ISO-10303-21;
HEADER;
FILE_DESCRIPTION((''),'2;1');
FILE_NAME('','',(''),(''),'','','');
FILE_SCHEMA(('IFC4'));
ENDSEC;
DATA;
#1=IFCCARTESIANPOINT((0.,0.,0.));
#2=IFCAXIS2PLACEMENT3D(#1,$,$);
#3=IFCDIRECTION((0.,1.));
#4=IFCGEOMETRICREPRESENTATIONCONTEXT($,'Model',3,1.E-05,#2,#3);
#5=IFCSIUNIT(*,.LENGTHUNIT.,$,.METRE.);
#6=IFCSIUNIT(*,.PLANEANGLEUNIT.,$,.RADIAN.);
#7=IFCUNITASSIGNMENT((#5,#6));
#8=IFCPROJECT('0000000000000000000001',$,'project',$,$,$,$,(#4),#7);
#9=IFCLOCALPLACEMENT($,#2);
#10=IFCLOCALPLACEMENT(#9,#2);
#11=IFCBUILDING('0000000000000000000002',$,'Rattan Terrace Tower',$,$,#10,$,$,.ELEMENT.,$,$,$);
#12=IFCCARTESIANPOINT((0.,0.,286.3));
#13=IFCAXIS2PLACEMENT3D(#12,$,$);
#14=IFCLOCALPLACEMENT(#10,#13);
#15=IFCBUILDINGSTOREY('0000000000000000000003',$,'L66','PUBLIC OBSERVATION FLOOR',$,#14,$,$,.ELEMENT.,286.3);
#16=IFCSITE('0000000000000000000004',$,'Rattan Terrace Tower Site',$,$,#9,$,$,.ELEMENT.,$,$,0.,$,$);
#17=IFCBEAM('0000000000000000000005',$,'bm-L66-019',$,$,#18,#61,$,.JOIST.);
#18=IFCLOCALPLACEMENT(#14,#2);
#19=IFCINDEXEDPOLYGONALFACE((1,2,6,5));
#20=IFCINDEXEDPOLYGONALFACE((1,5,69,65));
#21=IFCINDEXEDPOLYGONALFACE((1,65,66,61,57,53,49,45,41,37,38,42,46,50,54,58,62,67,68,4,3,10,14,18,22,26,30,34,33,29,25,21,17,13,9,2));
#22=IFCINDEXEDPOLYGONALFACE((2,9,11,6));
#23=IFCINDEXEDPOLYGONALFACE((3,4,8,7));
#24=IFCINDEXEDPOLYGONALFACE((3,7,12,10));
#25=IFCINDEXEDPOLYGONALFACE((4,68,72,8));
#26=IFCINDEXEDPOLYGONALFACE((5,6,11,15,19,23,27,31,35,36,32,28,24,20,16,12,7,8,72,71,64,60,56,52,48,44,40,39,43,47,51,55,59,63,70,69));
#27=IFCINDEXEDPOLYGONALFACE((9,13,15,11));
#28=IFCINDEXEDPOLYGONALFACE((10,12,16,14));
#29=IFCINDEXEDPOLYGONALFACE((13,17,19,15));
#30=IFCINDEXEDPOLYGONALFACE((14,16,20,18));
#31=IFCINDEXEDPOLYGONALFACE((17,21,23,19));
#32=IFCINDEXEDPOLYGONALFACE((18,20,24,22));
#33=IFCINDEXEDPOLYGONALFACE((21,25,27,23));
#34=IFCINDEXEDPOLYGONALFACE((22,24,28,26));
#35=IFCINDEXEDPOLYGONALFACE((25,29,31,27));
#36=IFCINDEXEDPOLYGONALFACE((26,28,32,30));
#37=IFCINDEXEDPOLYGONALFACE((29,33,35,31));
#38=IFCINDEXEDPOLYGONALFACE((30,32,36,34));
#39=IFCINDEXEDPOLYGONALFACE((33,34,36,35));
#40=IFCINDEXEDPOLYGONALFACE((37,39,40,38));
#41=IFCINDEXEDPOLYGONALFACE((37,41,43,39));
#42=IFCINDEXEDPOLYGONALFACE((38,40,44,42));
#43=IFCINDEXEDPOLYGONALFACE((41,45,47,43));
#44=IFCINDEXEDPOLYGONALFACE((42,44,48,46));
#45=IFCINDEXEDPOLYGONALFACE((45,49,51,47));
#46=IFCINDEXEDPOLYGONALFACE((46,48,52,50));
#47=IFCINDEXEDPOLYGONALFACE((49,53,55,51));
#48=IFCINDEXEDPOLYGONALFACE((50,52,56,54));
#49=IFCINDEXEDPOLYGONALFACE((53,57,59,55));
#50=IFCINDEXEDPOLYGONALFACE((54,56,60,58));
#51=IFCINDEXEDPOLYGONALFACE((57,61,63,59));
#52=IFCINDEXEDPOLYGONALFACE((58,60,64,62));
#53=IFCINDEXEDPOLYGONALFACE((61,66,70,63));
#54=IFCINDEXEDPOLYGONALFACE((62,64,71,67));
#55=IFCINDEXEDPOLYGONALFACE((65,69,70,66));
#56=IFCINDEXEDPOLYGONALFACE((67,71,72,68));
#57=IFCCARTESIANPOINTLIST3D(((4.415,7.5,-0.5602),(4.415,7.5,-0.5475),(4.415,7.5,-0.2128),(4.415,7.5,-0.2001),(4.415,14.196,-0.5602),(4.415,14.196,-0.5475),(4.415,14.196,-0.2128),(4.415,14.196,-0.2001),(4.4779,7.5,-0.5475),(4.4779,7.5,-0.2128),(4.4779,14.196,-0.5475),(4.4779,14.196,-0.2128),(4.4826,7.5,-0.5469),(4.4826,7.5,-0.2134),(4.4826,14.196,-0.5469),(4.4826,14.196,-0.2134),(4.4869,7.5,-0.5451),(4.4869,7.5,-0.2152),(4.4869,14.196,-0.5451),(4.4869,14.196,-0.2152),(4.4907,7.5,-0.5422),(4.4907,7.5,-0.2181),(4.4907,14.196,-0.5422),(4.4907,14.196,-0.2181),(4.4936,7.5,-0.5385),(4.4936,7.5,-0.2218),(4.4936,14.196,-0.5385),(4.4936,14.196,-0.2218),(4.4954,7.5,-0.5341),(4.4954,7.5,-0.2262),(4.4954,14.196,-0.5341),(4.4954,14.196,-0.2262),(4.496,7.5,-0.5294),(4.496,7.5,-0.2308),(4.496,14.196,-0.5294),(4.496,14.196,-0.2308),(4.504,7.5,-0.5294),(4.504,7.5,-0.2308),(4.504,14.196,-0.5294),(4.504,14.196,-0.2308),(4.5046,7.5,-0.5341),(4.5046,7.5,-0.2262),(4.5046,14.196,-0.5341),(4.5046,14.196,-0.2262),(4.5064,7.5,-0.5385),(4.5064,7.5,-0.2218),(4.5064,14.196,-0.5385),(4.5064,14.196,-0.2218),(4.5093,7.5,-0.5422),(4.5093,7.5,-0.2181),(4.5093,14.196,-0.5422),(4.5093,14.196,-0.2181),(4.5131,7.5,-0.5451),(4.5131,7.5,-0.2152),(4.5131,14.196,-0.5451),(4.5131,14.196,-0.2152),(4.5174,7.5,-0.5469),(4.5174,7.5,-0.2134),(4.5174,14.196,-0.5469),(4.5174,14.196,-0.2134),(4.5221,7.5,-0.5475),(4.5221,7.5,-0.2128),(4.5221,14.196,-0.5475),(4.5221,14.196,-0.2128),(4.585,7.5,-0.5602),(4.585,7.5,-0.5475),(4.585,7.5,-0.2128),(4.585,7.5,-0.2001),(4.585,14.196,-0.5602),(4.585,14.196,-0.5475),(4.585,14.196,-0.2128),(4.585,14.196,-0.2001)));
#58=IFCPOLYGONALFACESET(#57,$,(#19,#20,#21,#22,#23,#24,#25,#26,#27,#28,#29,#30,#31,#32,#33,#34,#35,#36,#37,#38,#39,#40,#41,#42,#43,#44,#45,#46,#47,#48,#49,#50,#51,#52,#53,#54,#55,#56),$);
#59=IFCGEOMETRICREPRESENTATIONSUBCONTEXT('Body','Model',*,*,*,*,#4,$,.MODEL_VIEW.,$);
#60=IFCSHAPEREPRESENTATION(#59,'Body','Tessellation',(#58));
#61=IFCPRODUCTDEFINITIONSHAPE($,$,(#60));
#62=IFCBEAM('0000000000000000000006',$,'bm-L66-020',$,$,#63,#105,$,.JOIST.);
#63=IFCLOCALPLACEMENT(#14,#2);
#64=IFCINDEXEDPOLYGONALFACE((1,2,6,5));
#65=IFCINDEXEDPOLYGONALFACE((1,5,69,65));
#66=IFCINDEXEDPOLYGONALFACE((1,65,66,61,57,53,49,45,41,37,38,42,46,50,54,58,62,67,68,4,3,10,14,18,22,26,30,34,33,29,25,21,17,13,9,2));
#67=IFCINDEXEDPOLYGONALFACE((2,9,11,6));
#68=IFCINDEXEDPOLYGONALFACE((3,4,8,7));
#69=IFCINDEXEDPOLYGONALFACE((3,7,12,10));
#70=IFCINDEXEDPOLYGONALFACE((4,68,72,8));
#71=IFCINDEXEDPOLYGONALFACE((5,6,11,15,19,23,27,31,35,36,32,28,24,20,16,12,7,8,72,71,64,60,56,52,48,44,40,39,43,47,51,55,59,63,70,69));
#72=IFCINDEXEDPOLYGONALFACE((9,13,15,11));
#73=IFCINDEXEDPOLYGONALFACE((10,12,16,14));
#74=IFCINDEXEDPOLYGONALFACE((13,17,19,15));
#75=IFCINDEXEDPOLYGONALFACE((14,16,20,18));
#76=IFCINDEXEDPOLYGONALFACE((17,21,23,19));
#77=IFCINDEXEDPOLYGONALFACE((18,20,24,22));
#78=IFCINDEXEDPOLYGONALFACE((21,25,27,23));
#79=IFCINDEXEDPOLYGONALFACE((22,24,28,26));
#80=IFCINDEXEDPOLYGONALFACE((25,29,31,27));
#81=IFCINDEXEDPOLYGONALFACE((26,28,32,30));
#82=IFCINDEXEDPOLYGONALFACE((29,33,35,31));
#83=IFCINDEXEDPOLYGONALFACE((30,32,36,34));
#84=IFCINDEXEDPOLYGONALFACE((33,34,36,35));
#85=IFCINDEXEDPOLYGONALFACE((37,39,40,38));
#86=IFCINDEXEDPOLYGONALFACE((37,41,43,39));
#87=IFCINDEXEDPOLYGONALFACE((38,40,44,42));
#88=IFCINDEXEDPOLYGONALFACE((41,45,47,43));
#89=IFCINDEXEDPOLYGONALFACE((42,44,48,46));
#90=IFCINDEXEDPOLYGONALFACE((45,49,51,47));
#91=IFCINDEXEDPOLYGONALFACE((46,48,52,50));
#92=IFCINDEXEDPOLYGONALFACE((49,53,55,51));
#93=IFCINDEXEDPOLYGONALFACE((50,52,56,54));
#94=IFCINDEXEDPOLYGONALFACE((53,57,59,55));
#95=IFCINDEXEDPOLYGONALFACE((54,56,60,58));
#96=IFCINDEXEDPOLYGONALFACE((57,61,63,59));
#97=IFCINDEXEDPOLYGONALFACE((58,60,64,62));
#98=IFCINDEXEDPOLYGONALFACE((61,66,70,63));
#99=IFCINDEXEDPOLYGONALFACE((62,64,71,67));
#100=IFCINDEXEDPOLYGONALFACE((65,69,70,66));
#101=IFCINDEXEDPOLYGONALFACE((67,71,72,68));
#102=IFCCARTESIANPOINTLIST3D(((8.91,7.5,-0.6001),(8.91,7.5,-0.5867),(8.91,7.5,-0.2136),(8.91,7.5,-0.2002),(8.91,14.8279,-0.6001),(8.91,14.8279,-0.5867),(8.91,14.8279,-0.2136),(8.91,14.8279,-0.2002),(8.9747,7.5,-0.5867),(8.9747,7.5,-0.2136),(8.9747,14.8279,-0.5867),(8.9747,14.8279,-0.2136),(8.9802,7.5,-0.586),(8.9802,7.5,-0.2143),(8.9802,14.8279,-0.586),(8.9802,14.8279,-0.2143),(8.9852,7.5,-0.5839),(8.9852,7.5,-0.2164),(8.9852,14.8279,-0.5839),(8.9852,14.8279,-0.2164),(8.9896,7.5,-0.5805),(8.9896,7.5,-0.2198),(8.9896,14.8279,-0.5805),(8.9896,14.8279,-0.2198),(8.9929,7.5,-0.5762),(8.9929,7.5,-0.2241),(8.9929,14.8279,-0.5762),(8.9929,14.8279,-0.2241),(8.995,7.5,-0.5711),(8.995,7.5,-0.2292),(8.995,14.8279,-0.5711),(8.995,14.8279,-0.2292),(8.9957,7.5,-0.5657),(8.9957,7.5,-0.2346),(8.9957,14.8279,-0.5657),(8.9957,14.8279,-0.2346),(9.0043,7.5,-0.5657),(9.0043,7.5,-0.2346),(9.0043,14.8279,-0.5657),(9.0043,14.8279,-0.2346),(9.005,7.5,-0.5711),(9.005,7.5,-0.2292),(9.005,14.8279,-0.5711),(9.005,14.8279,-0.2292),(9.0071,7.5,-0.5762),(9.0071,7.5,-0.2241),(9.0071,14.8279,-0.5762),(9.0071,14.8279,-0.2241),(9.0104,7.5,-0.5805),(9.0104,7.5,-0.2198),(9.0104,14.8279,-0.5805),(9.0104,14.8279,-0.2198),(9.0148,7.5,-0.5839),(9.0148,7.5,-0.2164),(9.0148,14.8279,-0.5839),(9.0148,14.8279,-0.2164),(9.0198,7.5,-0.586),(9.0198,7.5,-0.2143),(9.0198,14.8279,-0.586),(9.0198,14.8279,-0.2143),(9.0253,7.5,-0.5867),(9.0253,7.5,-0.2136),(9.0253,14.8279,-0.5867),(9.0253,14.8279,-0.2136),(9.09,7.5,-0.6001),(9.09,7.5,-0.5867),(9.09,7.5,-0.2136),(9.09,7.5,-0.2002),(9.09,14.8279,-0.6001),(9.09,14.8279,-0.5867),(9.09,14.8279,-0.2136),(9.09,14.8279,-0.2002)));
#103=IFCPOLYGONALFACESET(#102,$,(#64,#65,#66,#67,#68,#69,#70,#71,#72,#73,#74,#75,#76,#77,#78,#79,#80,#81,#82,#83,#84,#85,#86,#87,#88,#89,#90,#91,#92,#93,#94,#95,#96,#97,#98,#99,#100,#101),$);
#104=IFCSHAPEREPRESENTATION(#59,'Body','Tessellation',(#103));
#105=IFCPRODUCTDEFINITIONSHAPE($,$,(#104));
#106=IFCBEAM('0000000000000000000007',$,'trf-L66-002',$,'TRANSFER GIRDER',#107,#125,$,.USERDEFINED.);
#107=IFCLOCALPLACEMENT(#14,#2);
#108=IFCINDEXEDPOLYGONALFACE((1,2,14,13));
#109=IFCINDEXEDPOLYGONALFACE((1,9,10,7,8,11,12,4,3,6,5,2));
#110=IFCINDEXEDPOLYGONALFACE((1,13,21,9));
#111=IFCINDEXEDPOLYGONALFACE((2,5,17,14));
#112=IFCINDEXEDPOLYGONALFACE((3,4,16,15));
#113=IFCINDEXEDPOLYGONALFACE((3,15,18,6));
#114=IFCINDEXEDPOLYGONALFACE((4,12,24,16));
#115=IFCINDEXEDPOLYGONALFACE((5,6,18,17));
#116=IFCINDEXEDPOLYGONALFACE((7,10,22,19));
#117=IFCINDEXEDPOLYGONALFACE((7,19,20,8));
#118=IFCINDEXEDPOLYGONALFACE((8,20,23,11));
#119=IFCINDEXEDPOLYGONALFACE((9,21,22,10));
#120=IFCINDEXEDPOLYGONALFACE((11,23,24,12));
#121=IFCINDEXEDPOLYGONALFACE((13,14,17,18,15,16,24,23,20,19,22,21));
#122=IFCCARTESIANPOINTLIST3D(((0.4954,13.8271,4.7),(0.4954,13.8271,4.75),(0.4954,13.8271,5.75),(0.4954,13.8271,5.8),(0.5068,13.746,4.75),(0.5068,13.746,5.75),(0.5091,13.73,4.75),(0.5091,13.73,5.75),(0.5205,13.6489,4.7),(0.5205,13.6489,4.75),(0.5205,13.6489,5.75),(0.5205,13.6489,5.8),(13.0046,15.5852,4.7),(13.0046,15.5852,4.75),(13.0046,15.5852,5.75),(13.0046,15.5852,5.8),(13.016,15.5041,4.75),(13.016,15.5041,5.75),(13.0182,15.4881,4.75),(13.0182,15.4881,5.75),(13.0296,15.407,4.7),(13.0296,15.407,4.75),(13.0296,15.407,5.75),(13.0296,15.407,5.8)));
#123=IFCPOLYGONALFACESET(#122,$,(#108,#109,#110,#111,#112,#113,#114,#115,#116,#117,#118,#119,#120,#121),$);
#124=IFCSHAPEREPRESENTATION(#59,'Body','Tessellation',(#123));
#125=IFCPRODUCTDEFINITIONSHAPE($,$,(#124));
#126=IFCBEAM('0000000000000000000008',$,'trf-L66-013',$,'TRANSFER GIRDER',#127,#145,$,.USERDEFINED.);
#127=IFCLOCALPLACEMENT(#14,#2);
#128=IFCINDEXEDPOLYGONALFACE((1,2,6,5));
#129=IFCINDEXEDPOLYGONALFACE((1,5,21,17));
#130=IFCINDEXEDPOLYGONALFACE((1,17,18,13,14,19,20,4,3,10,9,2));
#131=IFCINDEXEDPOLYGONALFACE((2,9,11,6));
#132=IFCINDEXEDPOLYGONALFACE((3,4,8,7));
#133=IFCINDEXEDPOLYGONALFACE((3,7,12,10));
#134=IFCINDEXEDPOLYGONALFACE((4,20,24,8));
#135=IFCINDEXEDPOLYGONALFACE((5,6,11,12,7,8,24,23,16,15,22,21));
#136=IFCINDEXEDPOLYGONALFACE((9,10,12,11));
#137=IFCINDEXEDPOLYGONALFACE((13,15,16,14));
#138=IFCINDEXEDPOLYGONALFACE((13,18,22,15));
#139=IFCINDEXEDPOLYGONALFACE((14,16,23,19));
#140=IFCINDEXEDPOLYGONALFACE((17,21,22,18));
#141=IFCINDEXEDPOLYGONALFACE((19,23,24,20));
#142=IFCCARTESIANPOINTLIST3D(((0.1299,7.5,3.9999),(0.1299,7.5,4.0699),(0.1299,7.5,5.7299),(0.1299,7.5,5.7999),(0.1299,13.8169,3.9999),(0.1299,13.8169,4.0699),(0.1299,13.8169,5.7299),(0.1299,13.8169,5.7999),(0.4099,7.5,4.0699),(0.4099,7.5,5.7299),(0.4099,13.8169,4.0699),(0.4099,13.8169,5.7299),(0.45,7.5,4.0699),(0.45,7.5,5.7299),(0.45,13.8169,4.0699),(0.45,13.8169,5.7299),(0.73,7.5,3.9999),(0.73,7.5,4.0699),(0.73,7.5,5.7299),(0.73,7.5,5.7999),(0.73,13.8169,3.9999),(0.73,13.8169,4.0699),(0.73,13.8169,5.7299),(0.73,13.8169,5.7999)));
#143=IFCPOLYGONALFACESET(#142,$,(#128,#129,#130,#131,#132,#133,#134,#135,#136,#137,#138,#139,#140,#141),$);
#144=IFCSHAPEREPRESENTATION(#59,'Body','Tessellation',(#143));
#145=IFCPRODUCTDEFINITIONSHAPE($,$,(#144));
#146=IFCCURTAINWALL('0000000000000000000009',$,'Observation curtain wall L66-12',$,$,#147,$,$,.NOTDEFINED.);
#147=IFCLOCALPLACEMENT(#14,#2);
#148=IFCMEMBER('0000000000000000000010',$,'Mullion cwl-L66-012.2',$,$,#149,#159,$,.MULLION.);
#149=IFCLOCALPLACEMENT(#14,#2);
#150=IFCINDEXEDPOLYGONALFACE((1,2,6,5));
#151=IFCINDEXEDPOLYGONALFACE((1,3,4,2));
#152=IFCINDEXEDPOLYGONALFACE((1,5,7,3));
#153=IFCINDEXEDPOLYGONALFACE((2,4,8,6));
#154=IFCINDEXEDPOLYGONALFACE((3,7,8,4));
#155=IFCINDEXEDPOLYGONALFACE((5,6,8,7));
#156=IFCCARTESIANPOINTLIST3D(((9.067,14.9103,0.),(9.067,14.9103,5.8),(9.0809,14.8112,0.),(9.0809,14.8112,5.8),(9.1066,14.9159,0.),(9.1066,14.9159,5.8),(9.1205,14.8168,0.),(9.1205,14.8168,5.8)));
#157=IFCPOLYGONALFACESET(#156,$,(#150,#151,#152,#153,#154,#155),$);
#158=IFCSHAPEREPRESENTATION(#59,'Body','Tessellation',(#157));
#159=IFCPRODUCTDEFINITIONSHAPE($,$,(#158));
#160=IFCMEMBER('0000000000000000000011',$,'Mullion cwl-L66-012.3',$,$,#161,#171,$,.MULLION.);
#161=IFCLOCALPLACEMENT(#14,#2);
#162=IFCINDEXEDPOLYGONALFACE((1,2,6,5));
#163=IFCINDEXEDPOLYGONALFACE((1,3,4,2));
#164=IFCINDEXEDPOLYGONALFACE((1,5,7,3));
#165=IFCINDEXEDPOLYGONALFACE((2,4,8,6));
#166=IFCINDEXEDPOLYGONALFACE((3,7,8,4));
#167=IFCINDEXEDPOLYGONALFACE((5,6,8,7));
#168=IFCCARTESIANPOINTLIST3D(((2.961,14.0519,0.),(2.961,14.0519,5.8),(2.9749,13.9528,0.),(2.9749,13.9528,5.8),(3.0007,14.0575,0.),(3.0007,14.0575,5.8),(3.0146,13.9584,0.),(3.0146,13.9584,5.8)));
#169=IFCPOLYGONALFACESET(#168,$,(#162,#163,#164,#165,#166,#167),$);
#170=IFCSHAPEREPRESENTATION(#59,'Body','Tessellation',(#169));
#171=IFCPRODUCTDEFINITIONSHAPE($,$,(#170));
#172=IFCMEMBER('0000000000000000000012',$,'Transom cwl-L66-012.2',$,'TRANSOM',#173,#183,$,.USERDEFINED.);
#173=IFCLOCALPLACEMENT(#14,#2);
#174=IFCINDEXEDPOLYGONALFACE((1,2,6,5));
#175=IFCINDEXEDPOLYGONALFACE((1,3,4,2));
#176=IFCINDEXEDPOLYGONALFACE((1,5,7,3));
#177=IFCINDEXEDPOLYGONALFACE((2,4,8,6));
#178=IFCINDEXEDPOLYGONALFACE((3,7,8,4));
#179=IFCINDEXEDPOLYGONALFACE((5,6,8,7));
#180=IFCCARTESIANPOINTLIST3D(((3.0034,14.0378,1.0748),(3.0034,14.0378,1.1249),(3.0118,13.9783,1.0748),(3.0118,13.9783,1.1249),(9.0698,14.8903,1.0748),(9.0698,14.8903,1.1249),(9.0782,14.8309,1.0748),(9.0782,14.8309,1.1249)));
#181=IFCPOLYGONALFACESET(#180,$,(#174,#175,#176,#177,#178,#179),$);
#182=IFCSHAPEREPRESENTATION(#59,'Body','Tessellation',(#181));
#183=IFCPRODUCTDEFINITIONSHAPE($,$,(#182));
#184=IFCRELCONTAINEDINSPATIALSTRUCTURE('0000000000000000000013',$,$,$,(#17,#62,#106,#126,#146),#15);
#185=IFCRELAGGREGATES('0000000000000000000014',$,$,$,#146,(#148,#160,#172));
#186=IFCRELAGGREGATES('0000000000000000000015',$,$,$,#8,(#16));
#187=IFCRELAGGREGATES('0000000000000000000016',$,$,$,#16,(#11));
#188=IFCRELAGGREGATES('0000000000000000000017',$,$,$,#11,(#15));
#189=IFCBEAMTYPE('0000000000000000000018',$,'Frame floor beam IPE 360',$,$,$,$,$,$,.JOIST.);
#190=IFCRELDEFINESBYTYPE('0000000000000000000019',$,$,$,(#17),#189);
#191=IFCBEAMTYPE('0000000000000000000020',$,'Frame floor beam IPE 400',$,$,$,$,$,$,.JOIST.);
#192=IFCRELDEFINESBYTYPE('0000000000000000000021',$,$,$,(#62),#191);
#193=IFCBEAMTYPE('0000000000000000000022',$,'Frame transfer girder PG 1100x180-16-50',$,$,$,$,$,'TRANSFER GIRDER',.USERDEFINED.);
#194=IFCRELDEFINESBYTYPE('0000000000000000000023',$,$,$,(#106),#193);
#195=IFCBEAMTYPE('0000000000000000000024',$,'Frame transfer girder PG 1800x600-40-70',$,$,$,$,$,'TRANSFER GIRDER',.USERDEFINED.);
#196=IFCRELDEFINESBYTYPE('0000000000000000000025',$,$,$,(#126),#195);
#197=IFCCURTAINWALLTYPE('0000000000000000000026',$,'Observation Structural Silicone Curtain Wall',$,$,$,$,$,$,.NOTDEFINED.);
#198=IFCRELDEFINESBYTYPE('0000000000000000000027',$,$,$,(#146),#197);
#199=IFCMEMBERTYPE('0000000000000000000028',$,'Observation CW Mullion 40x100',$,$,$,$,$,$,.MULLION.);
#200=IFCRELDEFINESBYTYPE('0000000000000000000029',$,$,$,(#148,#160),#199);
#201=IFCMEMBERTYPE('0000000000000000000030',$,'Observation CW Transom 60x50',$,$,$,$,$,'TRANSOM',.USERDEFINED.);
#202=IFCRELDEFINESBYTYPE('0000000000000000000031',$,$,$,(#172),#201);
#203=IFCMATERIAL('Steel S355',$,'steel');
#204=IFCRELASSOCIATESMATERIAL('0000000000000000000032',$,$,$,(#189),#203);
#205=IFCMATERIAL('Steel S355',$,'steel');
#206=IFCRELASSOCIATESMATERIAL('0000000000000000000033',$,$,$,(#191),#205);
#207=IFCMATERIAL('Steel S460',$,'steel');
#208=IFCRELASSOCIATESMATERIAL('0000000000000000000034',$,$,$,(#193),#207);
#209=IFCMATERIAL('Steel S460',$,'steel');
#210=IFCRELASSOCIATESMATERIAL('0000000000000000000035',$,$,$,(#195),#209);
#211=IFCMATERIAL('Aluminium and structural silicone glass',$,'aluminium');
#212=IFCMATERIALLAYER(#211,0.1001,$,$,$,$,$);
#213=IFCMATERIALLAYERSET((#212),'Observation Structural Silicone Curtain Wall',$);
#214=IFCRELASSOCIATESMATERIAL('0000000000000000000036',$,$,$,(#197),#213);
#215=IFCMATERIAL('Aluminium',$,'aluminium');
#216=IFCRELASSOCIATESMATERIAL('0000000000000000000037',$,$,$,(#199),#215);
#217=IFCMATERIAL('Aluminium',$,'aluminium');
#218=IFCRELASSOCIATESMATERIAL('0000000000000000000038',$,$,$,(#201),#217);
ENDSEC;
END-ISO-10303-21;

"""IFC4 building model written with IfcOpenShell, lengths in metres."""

from ifc_helpers import new_model, si_unit, direction, frame, origin, origin_2d, place, context, subcontext, project, spatial, rectangle, i_section, extrude, material, layer, layer_set, material_profile, profile_set, type_object, element, aggregate, save


model = new_model("IFC4")

# Units and contexts
model_context = context("Model", 3, precision=1e-05, world=origin(), true_north=direction((0.0, 1.0)))
body_context = subcontext(model_context, "Body", "Model", "MODEL_VIEW")
ifc_project = project(units=[si_unit("LENGTHUNIT", "METRE"), si_unit("PLANEANGLEUNIT", "RADIAN")], contexts=[model_context])

# Site, building, storey
site_placement = place(None, origin())
site = spatial("IfcSite", under=ifc_project, at=site_placement, Name="Rattan Terrace Tower Site", CompositionType="ELEMENT", RefElevation=0.0)
building_placement = place(site_placement, origin())
building = spatial("IfcBuilding", under=site, at=building_placement, Name="Rattan Terrace Tower", CompositionType="ELEMENT")
storey_placement = place(building_placement, frame((0.0, 0.0, 286.3)))
storey = spatial("IfcBuildingStorey", under=building, at=storey_placement, Name="L66", Description="PUBLIC OBSERVATION FLOOR", CompositionType="ELEMENT", Elevation=286.3)

# Beams
ifc_material_1 = material(Name="Steel S355", Category="steel")
ifc_material_profile_1 = material_profile(ifc_material_1, i_section(OverallWidth=0.1699, OverallDepth=0.3601, WebThickness=0.0081, FlangeThickness=0.0127, FilletRadius=0.0181, at=origin_2d()), Name="IPE 360")
ifc_profile_set_1 = profile_set([ifc_material_profile_1], Name="Steel S355")
beam_type_1 = type_object("IfcBeamType", Name="Frame floor beam IPE 360", PredefinedType="JOIST", material=ifc_profile_set_1)
beam_1_placement = place(storey_placement, frame((4.5, 7.5, -0.3801), z_axis=(0.0, 1.0, 0.0), x_axis=(-1.0, 0.0, 0.0)))
element("IfcBeam", 1, at=beam_1_placement, inside=storey, type_object=beam_type_1, Name="bm-L66-019", PredefinedType="JOIST", context=body_context, shape_type="SweptSolid", body=[
    extrude(i_section(OverallWidth=0.1699, OverallDepth=0.3601, WebThickness=0.0081, FlangeThickness=0.0127, FilletRadius=0.0181, at=origin_2d()), origin(), (0.0, 0.0, 1.0), 6.696),
])
ifc_material_2 = material(Name="Steel S355", Category="steel")
ifc_material_profile_2 = material_profile(ifc_material_2, i_section(OverallWidth=0.1799, OverallDepth=0.3999, WebThickness=0.0085, FlangeThickness=0.0134, FilletRadius=0.021, at=origin_2d()), Name="IPE 400")
ifc_profile_set_2 = profile_set([ifc_material_profile_2], Name="Steel S355")
beam_type_2 = type_object("IfcBeamType", Name="Frame floor beam IPE 400", PredefinedType="JOIST", material=ifc_profile_set_2)
beam_2_placement = place(storey_placement, frame((9.0, 7.5, -0.4001), z_axis=(0.0, 1.0, 0.0), x_axis=(-1.0, 0.0, 0.0)))
element("IfcBeam", 2, at=beam_2_placement, inside=storey, type_object=beam_type_2, Name="bm-L66-020", PredefinedType="JOIST", context=body_context, shape_type="SweptSolid", body=[
    extrude(i_section(OverallWidth=0.1799, OverallDepth=0.3999, WebThickness=0.0085, FlangeThickness=0.0134, FilletRadius=0.021, at=origin_2d()), origin(), (0.0, 0.0, 1.0), 7.3279),
])
ifc_material_3 = material(Name="Steel S460", Category="steel")
ifc_material_profile_3 = material_profile(ifc_material_3, i_section(OverallWidth=0.1799, OverallDepth=1.1001, WebThickness=0.0161, FlangeThickness=0.05, at=origin_2d()), Name="PG 1100x180-16-50")
ifc_profile_set_3 = profile_set([ifc_material_profile_3], Name="Steel S460")
beam_type_3 = type_object("IfcBeamType", Name="Frame transfer girder PG 1100x180-16-50", ElementType="TRANSFER GIRDER", PredefinedType="USERDEFINED", material=ifc_profile_set_3)
beam_3_placement = place(storey_placement, frame((13.0171, 15.4961, 5.25), z_axis=(-0.990268, -0.139175, 0.0), x_axis=(0.139175, -0.990268, 0.0)))
element("IfcBeam", 3, at=beam_3_placement, inside=storey, type_object=beam_type_3, Name="trf-L66-002", ObjectType="TRANSFER GIRDER", PredefinedType="USERDEFINED", context=body_context, shape_type="SweptSolid", body=[
    extrude(i_section(OverallWidth=0.1799, OverallDepth=1.1001, WebThickness=0.0161, FlangeThickness=0.05, at=origin_2d()), origin(), (0.0, 0.0, 1.0), 12.6321),
])
ifc_material_4 = material(Name="Steel S460", Category="steel")
ifc_material_profile_4 = material_profile(ifc_material_4, i_section(OverallWidth=0.6001, OverallDepth=1.8, WebThickness=0.04, FlangeThickness=0.0701, at=origin_2d()), Name="PG 1800x600-40-70")
ifc_profile_set_4 = profile_set([ifc_material_profile_4], Name="Steel S460")
beam_type_4 = type_object("IfcBeamType", Name="Frame transfer girder PG 1800x600-40-70", ElementType="TRANSFER GIRDER", PredefinedType="USERDEFINED", material=ifc_profile_set_4)
beam_4_placement = place(storey_placement, frame((0.4299, 7.5, 4.8999), z_axis=(0.0, 1.0, 0.0), x_axis=(-1.0, 0.0, 0.0)))
element("IfcBeam", 4, at=beam_4_placement, inside=storey, type_object=beam_type_4, Name="trf-L66-013", ObjectType="TRANSFER GIRDER", PredefinedType="USERDEFINED", context=body_context, shape_type="SweptSolid", body=[
    extrude(i_section(OverallWidth=0.6001, OverallDepth=1.8, WebThickness=0.04, FlangeThickness=0.0701, at=origin_2d()), origin(), (0.0, 0.0, 1.0), 6.3169),
])

# Curtain wall, members
ifc_material_5 = material(Name="Aluminium and structural silicone glass", Category="aluminium")
ifc_layer_1 = layer(ifc_material_5, 0.1001)
ifc_layer_set_1 = layer_set([ifc_layer_1], Name="Observation Structural Silicone Curtain Wall")
curtain_wall_type = type_object("IfcCurtainWallType", Name="Observation Structural Silicone Curtain Wall", PredefinedType="NOTDEFINED", material=ifc_layer_set_1)
curtain_wall_placement = place(storey_placement, origin())
curtain_wall = element("IfcCurtainWall", 5, at=curtain_wall_placement, inside=storey, type_object=curtain_wall_type, Name="Observation curtain wall L66-12", PredefinedType="NOTDEFINED")
ifc_material_6 = material(Name="Aluminium", Category="aluminium")
ifc_material_profile_5 = material_profile(ifc_material_6, rectangle(XDim=0.04, YDim=0.1001, at=origin_2d()), Name="Aluminium 40x100")
ifc_profile_set_5 = profile_set([ifc_material_profile_5], Name="Aluminium")
member_type_1 = type_object("IfcMemberType", Name="Observation CW Mullion 40x100", PredefinedType="MULLION", material=ifc_profile_set_5)
member_1_placement = place(storey_placement, frame((9.0938, 14.8635, 0.0), z_axis=(0.0, 0.0, 1.0), x_axis=(-0.990266, -0.139189, 0.0)))
member_1 = element("IfcMember", 6, at=member_1_placement, type_object=member_type_1, Name="Mullion cwl-L66-012.2", PredefinedType="MULLION", context=body_context, shape_type="SweptSolid", body=[
    extrude(rectangle(XDim=0.04, YDim=0.1001, at=origin_2d()), origin(), (0.0, 0.0, 1.0), 5.8),
])
member_2_placement = place(storey_placement, frame((2.9878, 14.0051, 0.0), z_axis=(0.0, 0.0, 1.0), x_axis=(-0.990266, -0.139189, 0.0)))
member_2 = element("IfcMember", 7, at=member_2_placement, type_object=member_type_1, Name="Mullion cwl-L66-012.3", PredefinedType="MULLION", context=body_context, shape_type="SweptSolid", body=[
    extrude(rectangle(XDim=0.04, YDim=0.1001, at=origin_2d()), origin(), (0.0, 0.0, 1.0), 5.8),
])
ifc_material_7 = material(Name="Aluminium", Category="aluminium")
ifc_material_profile_6 = material_profile(ifc_material_7, rectangle(XDim=0.0601, YDim=0.05, at=origin_2d()), Name="Aluminium 60x50")
ifc_profile_set_6 = profile_set([ifc_material_profile_6], Name="Aluminium")
member_type_2 = type_object("IfcMemberType", Name="Observation CW Transom 60x50", ElementType="TRANSOM", PredefinedType="USERDEFINED", material=ifc_profile_set_6)
member_3_placement = place(storey_placement, frame((9.074, 14.8606, 1.0999), z_axis=(-0.990269, -0.139167, 0.0), x_axis=(0.139167, -0.990269, 0.0)))
member_3 = element("IfcMember", 8, at=member_3_placement, type_object=member_type_2, Name="Transom cwl-L66-012.2", ObjectType="TRANSOM", PredefinedType="USERDEFINED", context=body_context, shape_type="SweptSolid", body=[
    extrude(rectangle(XDim=0.0601, YDim=0.05, at=origin_2d()), origin(), (0.0, 0.0, 1.0), 6.126),
])

aggregate(curtain_wall, [member_1, member_2, member_3])

save(model, "model.ifc")
